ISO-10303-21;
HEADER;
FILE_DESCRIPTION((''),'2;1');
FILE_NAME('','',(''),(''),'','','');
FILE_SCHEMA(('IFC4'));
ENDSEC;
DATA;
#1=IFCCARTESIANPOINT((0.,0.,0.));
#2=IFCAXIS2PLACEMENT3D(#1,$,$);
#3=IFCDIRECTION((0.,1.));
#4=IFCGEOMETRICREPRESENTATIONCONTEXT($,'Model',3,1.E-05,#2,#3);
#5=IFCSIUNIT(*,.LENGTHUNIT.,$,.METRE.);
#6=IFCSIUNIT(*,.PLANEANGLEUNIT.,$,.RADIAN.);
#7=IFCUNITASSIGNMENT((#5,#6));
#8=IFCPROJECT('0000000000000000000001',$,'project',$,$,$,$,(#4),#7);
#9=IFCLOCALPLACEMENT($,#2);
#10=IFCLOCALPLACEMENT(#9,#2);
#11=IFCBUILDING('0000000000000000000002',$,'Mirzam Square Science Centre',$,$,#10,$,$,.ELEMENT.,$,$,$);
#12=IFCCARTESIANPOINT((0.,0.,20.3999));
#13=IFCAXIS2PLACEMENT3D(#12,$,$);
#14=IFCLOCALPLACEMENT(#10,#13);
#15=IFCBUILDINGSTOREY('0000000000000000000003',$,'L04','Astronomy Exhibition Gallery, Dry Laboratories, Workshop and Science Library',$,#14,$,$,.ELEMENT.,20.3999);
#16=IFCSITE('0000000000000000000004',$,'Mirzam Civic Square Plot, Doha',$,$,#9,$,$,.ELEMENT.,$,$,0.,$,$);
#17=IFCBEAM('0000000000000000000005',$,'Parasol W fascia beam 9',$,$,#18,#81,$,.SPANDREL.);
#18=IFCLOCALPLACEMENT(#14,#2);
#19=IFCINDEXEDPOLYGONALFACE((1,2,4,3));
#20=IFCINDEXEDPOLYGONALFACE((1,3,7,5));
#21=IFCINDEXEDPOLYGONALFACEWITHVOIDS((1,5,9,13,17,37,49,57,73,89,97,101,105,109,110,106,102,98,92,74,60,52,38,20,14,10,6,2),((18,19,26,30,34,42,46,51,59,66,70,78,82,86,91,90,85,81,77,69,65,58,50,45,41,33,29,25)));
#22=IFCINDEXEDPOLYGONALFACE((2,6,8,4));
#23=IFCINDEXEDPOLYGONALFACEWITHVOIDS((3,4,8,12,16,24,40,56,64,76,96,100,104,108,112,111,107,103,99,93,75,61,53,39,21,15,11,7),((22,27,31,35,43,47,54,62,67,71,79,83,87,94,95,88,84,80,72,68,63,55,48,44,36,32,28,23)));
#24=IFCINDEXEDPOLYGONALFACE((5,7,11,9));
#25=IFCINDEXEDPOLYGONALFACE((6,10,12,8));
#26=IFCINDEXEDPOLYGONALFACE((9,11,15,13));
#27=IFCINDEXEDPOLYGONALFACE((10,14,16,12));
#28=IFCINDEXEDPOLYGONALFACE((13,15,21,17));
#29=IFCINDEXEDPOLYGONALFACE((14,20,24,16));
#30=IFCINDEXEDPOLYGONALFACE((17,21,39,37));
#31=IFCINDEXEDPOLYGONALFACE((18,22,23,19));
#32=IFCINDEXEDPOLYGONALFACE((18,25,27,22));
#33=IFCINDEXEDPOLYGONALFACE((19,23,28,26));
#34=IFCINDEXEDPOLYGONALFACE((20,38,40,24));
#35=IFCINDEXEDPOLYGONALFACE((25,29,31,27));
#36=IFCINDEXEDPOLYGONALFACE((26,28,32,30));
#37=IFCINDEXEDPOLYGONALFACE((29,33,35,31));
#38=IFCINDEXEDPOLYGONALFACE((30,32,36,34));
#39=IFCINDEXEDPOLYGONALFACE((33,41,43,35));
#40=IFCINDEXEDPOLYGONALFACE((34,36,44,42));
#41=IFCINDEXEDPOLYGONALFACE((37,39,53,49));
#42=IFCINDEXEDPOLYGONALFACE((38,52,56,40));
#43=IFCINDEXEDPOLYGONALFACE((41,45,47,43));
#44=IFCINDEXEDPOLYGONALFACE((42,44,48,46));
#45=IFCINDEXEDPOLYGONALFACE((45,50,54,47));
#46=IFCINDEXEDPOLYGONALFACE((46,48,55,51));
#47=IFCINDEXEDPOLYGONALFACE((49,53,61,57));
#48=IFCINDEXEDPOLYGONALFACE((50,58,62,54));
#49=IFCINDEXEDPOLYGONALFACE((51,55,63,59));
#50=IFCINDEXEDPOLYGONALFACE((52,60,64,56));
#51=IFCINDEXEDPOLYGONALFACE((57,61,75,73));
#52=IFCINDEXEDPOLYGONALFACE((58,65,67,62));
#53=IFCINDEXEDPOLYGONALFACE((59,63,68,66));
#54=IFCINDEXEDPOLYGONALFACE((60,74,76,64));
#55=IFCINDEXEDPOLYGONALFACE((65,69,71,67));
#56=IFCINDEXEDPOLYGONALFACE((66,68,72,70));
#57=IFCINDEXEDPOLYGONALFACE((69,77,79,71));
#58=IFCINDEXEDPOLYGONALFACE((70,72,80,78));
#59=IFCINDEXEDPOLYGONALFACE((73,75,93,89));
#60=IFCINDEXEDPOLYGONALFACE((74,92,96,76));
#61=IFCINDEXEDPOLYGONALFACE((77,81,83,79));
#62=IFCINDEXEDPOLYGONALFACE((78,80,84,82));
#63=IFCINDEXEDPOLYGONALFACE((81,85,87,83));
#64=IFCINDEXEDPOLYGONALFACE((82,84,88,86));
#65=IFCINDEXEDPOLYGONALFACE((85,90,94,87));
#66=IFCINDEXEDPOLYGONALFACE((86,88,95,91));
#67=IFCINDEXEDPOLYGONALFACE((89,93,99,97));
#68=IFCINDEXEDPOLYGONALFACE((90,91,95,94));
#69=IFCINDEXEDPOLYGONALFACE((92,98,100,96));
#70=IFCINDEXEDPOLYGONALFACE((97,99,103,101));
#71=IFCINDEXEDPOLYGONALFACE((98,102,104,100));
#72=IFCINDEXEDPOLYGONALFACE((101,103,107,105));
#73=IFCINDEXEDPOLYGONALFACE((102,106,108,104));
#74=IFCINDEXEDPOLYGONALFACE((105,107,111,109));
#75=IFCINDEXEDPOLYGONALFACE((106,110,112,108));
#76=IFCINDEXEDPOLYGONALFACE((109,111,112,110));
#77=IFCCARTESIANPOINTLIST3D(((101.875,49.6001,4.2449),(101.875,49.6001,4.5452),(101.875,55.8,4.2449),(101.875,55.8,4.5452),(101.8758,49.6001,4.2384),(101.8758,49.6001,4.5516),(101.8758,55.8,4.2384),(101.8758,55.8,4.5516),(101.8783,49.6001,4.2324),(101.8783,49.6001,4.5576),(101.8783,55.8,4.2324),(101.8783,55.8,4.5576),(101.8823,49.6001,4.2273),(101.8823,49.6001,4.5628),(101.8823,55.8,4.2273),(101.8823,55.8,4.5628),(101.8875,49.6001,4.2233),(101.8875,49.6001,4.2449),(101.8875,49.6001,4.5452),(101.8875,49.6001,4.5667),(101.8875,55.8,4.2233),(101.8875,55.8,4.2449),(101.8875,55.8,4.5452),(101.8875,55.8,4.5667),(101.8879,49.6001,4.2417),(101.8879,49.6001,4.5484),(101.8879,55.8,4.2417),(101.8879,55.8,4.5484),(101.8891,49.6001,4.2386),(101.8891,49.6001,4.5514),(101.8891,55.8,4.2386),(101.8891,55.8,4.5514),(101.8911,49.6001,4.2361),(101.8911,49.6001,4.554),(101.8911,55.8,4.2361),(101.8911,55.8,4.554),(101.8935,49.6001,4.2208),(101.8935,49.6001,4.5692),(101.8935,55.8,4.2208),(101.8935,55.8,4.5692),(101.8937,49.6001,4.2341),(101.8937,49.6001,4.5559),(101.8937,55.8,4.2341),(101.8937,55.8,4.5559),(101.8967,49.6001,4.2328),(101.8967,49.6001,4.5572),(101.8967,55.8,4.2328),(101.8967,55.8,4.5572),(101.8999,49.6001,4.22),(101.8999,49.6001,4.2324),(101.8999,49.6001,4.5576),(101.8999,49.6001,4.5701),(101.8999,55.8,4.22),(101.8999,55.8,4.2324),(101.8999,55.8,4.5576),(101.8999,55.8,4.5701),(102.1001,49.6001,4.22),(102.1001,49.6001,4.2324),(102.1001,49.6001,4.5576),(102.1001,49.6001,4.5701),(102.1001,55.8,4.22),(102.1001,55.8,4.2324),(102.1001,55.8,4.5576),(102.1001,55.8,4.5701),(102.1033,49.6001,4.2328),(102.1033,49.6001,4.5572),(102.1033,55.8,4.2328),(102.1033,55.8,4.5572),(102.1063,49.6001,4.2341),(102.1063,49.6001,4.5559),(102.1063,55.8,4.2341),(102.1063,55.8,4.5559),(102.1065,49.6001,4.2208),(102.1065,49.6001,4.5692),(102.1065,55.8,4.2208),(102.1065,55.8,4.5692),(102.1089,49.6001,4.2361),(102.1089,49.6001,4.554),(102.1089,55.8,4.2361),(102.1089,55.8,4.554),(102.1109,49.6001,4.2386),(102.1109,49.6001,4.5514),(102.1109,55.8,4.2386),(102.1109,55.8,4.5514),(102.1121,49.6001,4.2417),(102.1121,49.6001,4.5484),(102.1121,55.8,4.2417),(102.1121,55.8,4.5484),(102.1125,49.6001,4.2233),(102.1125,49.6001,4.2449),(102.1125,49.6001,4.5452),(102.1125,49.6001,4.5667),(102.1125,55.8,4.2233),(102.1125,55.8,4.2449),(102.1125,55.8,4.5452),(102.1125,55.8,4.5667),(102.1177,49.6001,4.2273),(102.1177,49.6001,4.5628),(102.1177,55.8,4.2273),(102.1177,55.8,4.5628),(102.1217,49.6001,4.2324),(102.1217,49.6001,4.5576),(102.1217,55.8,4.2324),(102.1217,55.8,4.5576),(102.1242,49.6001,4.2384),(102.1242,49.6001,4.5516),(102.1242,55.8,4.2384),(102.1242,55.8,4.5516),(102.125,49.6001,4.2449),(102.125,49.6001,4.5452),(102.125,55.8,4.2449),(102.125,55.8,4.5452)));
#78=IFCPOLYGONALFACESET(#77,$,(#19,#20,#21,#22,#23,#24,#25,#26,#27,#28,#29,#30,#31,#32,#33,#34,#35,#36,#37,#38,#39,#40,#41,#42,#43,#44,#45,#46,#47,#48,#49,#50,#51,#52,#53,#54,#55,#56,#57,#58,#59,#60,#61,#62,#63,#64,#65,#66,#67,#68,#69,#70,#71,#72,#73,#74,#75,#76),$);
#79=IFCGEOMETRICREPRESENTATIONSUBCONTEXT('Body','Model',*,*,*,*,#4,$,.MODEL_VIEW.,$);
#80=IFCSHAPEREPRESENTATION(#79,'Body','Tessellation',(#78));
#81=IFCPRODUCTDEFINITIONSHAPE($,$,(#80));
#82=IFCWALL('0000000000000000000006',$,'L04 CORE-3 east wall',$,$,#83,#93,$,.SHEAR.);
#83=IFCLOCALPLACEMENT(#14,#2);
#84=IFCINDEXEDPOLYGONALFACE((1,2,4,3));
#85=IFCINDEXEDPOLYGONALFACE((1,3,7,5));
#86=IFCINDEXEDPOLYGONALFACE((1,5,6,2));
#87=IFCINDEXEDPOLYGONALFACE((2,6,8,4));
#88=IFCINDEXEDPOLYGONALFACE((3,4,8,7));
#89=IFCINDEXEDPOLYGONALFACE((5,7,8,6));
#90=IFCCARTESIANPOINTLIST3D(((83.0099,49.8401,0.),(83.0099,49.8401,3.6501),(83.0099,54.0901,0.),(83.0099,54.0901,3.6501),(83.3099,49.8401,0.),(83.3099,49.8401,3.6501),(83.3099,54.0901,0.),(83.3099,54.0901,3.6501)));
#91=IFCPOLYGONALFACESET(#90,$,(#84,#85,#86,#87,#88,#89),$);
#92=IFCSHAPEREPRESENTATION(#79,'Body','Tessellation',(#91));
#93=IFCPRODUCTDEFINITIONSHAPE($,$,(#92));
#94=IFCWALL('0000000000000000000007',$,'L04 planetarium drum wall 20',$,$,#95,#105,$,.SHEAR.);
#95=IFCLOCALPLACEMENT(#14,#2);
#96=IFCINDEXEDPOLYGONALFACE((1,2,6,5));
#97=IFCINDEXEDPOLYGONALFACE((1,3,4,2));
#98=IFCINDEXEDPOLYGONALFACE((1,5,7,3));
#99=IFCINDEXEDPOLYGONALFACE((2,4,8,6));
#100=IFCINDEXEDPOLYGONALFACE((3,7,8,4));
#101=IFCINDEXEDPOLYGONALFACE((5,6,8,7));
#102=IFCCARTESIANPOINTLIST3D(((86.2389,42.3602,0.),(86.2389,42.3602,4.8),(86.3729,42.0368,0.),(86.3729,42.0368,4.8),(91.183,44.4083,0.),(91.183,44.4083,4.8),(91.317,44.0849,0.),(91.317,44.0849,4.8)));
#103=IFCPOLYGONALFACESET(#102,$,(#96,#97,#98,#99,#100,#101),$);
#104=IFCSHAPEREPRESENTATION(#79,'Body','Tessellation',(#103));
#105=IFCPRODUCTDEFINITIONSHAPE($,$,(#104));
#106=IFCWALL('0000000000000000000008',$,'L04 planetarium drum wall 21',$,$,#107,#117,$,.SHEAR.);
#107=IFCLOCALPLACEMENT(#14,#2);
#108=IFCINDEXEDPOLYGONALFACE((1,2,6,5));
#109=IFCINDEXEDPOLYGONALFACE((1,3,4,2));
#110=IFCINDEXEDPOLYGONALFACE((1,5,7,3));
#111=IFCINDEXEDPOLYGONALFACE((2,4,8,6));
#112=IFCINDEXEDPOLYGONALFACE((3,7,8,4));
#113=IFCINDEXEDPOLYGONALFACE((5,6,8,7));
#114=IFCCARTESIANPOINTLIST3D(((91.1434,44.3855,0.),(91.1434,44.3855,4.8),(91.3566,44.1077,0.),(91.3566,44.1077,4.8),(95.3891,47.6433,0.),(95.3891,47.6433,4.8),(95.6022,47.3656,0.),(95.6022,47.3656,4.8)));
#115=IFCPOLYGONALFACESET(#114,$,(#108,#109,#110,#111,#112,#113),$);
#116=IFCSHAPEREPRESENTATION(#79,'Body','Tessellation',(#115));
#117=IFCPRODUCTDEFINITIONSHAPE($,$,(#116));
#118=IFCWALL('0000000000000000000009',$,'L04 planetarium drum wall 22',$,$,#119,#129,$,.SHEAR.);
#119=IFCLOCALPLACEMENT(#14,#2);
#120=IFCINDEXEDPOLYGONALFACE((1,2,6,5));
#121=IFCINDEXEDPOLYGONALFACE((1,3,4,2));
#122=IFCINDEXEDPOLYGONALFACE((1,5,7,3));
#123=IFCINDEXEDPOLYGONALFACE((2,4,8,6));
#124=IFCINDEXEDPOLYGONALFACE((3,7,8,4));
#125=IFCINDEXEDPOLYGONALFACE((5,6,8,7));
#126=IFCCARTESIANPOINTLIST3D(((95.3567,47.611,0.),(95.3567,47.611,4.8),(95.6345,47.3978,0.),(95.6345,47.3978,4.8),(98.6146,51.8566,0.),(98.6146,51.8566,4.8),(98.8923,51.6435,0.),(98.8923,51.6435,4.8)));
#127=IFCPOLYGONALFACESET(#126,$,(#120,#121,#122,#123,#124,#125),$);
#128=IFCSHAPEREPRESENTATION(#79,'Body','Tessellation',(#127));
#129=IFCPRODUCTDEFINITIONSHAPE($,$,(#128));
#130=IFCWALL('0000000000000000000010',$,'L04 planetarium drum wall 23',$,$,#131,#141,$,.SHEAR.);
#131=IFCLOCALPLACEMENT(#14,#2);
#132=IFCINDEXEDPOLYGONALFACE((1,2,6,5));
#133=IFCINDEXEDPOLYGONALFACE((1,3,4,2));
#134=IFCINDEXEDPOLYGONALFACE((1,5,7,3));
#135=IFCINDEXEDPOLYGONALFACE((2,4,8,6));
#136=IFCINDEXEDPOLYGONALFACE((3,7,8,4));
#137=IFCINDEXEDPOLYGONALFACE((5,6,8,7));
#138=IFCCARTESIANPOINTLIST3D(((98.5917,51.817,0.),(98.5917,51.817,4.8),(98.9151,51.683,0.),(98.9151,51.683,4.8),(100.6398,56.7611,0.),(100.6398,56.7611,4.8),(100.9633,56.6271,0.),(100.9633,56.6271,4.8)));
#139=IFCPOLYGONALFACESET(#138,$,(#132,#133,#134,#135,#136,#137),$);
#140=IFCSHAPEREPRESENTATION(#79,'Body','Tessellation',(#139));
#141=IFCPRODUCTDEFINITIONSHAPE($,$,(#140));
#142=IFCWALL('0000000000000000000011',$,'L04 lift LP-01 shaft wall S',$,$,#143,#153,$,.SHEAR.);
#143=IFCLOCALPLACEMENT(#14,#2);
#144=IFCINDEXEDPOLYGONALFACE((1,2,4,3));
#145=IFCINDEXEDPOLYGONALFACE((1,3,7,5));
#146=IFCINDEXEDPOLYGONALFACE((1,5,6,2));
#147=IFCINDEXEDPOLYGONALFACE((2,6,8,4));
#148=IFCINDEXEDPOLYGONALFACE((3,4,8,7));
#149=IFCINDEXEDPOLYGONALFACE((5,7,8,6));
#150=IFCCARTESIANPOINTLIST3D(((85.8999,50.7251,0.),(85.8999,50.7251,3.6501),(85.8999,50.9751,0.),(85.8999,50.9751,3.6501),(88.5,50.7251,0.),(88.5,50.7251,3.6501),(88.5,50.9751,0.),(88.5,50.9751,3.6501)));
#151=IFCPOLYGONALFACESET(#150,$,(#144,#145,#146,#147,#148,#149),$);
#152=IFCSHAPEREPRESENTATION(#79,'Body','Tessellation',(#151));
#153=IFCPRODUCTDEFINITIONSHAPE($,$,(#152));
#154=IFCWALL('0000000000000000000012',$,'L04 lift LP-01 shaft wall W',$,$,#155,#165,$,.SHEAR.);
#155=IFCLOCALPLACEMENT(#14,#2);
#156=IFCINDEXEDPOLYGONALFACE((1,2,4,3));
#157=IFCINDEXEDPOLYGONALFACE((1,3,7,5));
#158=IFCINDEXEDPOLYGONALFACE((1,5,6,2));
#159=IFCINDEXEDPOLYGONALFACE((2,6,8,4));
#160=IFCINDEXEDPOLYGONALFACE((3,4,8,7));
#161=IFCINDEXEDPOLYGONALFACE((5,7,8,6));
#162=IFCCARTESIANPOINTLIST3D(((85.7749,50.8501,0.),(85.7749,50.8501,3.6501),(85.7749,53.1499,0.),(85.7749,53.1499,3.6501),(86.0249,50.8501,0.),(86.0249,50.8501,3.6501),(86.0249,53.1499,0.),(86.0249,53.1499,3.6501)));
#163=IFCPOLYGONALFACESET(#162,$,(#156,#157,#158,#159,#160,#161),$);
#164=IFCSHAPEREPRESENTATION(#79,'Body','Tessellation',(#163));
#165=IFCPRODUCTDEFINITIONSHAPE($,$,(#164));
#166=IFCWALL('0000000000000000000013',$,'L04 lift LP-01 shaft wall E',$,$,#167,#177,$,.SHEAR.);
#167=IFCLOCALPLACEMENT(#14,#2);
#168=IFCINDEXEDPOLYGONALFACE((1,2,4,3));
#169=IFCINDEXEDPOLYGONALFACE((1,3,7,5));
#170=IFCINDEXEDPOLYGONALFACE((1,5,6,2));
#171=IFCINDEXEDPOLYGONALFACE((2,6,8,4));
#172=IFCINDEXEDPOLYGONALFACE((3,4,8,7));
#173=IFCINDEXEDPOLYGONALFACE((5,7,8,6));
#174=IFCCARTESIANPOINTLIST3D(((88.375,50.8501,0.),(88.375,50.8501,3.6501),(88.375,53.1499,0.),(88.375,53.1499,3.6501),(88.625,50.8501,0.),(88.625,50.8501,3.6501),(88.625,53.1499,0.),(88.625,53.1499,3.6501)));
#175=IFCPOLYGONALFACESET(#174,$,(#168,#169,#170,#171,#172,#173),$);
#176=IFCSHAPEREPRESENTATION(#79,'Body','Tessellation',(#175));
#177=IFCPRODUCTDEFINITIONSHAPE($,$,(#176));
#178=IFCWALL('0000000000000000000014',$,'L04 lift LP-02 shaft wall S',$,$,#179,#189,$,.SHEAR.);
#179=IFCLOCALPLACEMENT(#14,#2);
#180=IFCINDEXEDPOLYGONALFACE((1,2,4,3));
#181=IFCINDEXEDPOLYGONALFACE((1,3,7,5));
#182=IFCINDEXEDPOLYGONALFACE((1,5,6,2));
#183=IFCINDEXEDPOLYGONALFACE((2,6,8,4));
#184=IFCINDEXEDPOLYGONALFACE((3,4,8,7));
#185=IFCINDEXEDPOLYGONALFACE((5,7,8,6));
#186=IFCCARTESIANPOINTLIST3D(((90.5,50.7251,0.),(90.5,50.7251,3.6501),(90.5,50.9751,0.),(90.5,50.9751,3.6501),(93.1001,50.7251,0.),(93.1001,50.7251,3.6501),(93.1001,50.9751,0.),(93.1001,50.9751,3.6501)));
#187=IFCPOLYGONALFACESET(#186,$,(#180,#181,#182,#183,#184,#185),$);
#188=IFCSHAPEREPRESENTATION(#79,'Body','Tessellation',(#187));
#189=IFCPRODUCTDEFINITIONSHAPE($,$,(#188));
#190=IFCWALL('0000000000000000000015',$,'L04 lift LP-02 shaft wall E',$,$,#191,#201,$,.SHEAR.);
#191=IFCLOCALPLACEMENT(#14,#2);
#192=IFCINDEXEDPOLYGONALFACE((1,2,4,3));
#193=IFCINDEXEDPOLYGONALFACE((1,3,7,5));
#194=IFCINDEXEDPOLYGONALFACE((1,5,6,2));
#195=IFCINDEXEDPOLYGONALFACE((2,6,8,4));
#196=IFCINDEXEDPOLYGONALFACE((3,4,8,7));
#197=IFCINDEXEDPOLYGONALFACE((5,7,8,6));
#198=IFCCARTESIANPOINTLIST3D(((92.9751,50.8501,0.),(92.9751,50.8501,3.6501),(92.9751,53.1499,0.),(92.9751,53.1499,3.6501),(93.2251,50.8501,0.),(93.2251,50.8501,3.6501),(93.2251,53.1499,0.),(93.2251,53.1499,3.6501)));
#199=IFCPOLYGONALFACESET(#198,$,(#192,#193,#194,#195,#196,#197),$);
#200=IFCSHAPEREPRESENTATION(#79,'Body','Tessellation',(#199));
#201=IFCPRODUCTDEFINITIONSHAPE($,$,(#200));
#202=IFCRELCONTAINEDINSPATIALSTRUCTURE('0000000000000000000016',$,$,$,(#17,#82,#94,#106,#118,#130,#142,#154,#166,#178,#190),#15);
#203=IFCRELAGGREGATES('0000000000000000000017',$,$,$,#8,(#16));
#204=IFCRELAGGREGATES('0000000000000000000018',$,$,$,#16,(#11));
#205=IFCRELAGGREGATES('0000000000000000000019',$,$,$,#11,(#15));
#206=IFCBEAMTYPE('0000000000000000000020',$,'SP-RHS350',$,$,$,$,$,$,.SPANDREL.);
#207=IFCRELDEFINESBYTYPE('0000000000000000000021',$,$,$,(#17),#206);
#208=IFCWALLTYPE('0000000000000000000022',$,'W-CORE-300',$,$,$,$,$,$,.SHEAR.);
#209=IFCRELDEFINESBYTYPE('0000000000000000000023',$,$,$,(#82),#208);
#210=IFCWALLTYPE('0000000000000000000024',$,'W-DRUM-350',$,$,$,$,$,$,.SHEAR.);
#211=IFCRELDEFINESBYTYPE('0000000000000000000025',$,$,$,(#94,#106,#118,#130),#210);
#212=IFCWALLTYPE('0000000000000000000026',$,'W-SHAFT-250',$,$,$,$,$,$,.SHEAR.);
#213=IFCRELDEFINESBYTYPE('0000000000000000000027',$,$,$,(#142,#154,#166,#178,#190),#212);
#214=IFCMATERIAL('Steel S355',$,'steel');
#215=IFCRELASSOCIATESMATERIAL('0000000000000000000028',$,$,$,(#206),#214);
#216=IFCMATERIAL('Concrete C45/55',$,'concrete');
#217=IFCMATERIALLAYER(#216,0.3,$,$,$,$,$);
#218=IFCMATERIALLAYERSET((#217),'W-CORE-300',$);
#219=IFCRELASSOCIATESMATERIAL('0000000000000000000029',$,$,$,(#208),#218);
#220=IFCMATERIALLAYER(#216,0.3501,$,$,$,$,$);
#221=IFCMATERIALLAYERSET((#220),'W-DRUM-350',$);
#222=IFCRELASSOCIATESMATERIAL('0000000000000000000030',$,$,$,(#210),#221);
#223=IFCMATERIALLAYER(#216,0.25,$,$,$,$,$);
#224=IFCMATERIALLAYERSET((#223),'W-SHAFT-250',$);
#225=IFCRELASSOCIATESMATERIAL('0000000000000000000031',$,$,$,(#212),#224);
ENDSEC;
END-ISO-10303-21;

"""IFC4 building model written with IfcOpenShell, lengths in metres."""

from ifc_helpers import new_model, si_unit, direction, frame, frame_2d, origin, origin_2d, place, context, subcontext, project, spatial, rectangle, hollow_rectangle, extrude, material, layer, layer_set, material_profile, profile_set, type_object, element, save


model = new_model("IFC4")

# Units and contexts
model_context = context("Model", 3, precision=1e-05, world=origin(), true_north=direction((0.0, 1.0)))
body_context = subcontext(model_context, "Body", "Model", "MODEL_VIEW")
ifc_project = project(units=[si_unit("LENGTHUNIT", "METRE"), si_unit("PLANEANGLEUNIT", "RADIAN")], contexts=[model_context])

# Site, building, storey
site_placement = place(None, origin())
site = spatial("IfcSite", under=ifc_project, at=site_placement, Name="Mirzam Civic Square Plot, Doha", CompositionType="ELEMENT", RefElevation=0.0)
building_placement = place(site_placement, origin())
building = spatial("IfcBuilding", under=site, at=building_placement, Name="Mirzam Square Science Centre", CompositionType="ELEMENT")
storey_placement = place(building_placement, frame((0.0, 0.0, 20.3999)))
storey = spatial("IfcBuildingStorey", under=building, at=storey_placement, Name="L04", Description="Astronomy Exhibition Gallery, Dry Laboratories, Workshop and Science Library", CompositionType="ELEMENT", Elevation=20.3999)

# Shared definitions
ifc_material_1 = material(Name="Steel S355", Category="steel")
ifc_material_2 = material(Name="Concrete C45/55", Category="concrete")

# Beam
ifc_material_profile_1 = material_profile(ifc_material_1, hollow_rectangle(XDim=0.25, YDim=0.3501, WallThickness=0.0125, InnerFilletRadius=0.0125, OuterFilletRadius=0.0249, at=origin_2d()), Name="350x250x12.5RHS")
ifc_profile_set_1 = profile_set([ifc_material_profile_1], Name="Steel S355")
beam_type_1 = type_object("IfcBeamType", Name="SP-RHS350", PredefinedType="SPANDREL", material=ifc_profile_set_1)
beam_1_placement = place(storey_placement, frame((102.0, 49.6001, 4.395), z_axis=(0.0, 1.0, 0.0), x_axis=(-1.0, 0.0, 0.0)))
element("IfcBeam", 1, at=beam_1_placement, inside=storey, type_object=beam_type_1, Name="Parasol W fascia beam 9", PredefinedType="SPANDREL", context=body_context, shape_type="SweptSolid", body=[
    extrude(hollow_rectangle(XDim=0.25, YDim=0.3501, WallThickness=0.0125, InnerFilletRadius=0.0125, OuterFilletRadius=0.0249, at=origin_2d()), origin(), (0.0, 0.0, 1.0), 6.2),
])

# Walls
ifc_layer_1 = layer(ifc_material_2, 0.3)
ifc_layer_set_1 = layer_set([ifc_layer_1], Name="W-CORE-300")
wall_type_1 = type_object("IfcWallType", Name="W-CORE-300", PredefinedType="SHEAR", material=ifc_layer_set_1)
wall_1_placement = place(storey_placement, frame((83.1599, 49.8401, 0.0), z_axis=(0.0, 0.0, 1.0), x_axis=(0.0, 1.0, 0.0)))
element("IfcWall", 2, at=wall_1_placement, inside=storey, type_object=wall_type_1, Name="L04 CORE-3 east wall", PredefinedType="SHEAR", context=body_context, shape_type="SweptSolid", body=[
    extrude(rectangle(XDim=4.25, YDim=0.3, at=frame_2d((2.125, 0.0))), origin(), (0.0, 0.0, 1.0), 3.6501),
])
ifc_layer_2 = layer(ifc_material_2, 0.3501)
ifc_layer_set_2 = layer_set([ifc_layer_2], Name="W-DRUM-350")
wall_type_2 = type_object("IfcWallType", Name="W-DRUM-350", PredefinedType="SHEAR", material=ifc_layer_set_2)
for number, where, z_axis, x_axis, name in (
    (3, (86.3059, 42.1985, 0.0), (0.0, 0.0, 1.0), (0.923867, 0.382713, 0.0), "L04 planetarium drum wall 20"),
    (4, (91.25, 44.2466, 0.0), (0.0, 0.0, 1.0), (0.793349, 0.608767, 0.0), "L04 planetarium drum wall 21"),
    (5, (95.4956, 47.5044, 0.0), (0.0, 0.0, 1.0), (0.608767, 0.793349, 0.0), "L04 planetarium drum wall 22"),
    (6, (98.7534, 51.75, 0.0), (0.0, 0.0, 1.0), (0.382713, 0.923867, 0.0), "L04 planetarium drum wall 23"),
):
    element("IfcWall", number, at=place(storey_placement, frame(where, z_axis=z_axis, x_axis=x_axis)), inside=storey, type_object=wall_type_2, Name=name, PredefinedType="SHEAR", context=body_context, shape_type="SweptSolid", body=[
        extrude(rectangle(XDim=5.3516, YDim=0.3501, at=frame_2d((2.6758, 0.0))), origin(), (0.0, 0.0, 1.0), 4.8),
    ])
ifc_layer_3 = layer(ifc_material_2, 0.25)
ifc_layer_set_3 = layer_set([ifc_layer_3], Name="W-SHAFT-250")
wall_type_3 = type_object("IfcWallType", Name="W-SHAFT-250", PredefinedType="SHEAR", material=ifc_layer_set_3)
wall_2_placement = place(storey_placement, frame((85.8999, 50.8501, 0.0), z_axis=(0.0, 0.0, 1.0), x_axis=(1.0, 0.0, 0.0)))
element("IfcWall", 7, at=wall_2_placement, inside=storey, type_object=wall_type_3, Name="L04 lift LP-01 shaft wall S", PredefinedType="SHEAR", context=body_context, shape_type="SweptSolid", body=[
    extrude(rectangle(XDim=2.6001, YDim=0.25, at=frame_2d((1.3, 0.0))), origin(), (0.0, 0.0, 1.0), 3.6501),
])
for number, where, z_axis, x_axis, name in (
    (8, (85.8999, 53.1499, 0.0), (0.0, 0.0, 1.0), (0.0, -1.0, 0.0), "L04 lift LP-01 shaft wall W"),
    (9, (88.5, 50.8501, 0.0), (0.0, 0.0, 1.0), (0.0, 1.0, 0.0), "L04 lift LP-01 shaft wall E"),
):
    element("IfcWall", number, at=place(storey_placement, frame(where, z_axis=z_axis, x_axis=x_axis)), inside=storey, type_object=wall_type_3, Name=name, PredefinedType="SHEAR", context=body_context, shape_type="SweptSolid", body=[
        extrude(rectangle(XDim=2.2998, YDim=0.25, at=frame_2d((1.1499, 0.0))), origin(), (0.0, 0.0, 1.0), 3.6501),
    ])
wall_3_placement = place(storey_placement, frame((90.5, 50.8501, 0.0), z_axis=(0.0, 0.0, 1.0), x_axis=(1.0, 0.0, 0.0)))
element("IfcWall", 10, at=wall_3_placement, inside=storey, type_object=wall_type_3, Name="L04 lift LP-02 shaft wall S", PredefinedType="SHEAR", context=body_context, shape_type="SweptSolid", body=[
    extrude(rectangle(XDim=2.6001, YDim=0.25, at=frame_2d((1.3, 0.0))), origin(), (0.0, 0.0, 1.0), 3.6501),
])
wall_4_placement = place(storey_placement, frame((93.1001, 50.8501, 0.0), z_axis=(0.0, 0.0, 1.0), x_axis=(0.0, 1.0, 0.0)))
element("IfcWall", 11, at=wall_4_placement, inside=storey, type_object=wall_type_3, Name="L04 lift LP-02 shaft wall E", PredefinedType="SHEAR", context=body_context, shape_type="SweptSolid", body=[
    extrude(rectangle(XDim=2.2998, YDim=0.25, at=frame_2d((1.1499, 0.0))), origin(), (0.0, 0.0, 1.0), 3.6501),
])

save(model, "model.ifc")
